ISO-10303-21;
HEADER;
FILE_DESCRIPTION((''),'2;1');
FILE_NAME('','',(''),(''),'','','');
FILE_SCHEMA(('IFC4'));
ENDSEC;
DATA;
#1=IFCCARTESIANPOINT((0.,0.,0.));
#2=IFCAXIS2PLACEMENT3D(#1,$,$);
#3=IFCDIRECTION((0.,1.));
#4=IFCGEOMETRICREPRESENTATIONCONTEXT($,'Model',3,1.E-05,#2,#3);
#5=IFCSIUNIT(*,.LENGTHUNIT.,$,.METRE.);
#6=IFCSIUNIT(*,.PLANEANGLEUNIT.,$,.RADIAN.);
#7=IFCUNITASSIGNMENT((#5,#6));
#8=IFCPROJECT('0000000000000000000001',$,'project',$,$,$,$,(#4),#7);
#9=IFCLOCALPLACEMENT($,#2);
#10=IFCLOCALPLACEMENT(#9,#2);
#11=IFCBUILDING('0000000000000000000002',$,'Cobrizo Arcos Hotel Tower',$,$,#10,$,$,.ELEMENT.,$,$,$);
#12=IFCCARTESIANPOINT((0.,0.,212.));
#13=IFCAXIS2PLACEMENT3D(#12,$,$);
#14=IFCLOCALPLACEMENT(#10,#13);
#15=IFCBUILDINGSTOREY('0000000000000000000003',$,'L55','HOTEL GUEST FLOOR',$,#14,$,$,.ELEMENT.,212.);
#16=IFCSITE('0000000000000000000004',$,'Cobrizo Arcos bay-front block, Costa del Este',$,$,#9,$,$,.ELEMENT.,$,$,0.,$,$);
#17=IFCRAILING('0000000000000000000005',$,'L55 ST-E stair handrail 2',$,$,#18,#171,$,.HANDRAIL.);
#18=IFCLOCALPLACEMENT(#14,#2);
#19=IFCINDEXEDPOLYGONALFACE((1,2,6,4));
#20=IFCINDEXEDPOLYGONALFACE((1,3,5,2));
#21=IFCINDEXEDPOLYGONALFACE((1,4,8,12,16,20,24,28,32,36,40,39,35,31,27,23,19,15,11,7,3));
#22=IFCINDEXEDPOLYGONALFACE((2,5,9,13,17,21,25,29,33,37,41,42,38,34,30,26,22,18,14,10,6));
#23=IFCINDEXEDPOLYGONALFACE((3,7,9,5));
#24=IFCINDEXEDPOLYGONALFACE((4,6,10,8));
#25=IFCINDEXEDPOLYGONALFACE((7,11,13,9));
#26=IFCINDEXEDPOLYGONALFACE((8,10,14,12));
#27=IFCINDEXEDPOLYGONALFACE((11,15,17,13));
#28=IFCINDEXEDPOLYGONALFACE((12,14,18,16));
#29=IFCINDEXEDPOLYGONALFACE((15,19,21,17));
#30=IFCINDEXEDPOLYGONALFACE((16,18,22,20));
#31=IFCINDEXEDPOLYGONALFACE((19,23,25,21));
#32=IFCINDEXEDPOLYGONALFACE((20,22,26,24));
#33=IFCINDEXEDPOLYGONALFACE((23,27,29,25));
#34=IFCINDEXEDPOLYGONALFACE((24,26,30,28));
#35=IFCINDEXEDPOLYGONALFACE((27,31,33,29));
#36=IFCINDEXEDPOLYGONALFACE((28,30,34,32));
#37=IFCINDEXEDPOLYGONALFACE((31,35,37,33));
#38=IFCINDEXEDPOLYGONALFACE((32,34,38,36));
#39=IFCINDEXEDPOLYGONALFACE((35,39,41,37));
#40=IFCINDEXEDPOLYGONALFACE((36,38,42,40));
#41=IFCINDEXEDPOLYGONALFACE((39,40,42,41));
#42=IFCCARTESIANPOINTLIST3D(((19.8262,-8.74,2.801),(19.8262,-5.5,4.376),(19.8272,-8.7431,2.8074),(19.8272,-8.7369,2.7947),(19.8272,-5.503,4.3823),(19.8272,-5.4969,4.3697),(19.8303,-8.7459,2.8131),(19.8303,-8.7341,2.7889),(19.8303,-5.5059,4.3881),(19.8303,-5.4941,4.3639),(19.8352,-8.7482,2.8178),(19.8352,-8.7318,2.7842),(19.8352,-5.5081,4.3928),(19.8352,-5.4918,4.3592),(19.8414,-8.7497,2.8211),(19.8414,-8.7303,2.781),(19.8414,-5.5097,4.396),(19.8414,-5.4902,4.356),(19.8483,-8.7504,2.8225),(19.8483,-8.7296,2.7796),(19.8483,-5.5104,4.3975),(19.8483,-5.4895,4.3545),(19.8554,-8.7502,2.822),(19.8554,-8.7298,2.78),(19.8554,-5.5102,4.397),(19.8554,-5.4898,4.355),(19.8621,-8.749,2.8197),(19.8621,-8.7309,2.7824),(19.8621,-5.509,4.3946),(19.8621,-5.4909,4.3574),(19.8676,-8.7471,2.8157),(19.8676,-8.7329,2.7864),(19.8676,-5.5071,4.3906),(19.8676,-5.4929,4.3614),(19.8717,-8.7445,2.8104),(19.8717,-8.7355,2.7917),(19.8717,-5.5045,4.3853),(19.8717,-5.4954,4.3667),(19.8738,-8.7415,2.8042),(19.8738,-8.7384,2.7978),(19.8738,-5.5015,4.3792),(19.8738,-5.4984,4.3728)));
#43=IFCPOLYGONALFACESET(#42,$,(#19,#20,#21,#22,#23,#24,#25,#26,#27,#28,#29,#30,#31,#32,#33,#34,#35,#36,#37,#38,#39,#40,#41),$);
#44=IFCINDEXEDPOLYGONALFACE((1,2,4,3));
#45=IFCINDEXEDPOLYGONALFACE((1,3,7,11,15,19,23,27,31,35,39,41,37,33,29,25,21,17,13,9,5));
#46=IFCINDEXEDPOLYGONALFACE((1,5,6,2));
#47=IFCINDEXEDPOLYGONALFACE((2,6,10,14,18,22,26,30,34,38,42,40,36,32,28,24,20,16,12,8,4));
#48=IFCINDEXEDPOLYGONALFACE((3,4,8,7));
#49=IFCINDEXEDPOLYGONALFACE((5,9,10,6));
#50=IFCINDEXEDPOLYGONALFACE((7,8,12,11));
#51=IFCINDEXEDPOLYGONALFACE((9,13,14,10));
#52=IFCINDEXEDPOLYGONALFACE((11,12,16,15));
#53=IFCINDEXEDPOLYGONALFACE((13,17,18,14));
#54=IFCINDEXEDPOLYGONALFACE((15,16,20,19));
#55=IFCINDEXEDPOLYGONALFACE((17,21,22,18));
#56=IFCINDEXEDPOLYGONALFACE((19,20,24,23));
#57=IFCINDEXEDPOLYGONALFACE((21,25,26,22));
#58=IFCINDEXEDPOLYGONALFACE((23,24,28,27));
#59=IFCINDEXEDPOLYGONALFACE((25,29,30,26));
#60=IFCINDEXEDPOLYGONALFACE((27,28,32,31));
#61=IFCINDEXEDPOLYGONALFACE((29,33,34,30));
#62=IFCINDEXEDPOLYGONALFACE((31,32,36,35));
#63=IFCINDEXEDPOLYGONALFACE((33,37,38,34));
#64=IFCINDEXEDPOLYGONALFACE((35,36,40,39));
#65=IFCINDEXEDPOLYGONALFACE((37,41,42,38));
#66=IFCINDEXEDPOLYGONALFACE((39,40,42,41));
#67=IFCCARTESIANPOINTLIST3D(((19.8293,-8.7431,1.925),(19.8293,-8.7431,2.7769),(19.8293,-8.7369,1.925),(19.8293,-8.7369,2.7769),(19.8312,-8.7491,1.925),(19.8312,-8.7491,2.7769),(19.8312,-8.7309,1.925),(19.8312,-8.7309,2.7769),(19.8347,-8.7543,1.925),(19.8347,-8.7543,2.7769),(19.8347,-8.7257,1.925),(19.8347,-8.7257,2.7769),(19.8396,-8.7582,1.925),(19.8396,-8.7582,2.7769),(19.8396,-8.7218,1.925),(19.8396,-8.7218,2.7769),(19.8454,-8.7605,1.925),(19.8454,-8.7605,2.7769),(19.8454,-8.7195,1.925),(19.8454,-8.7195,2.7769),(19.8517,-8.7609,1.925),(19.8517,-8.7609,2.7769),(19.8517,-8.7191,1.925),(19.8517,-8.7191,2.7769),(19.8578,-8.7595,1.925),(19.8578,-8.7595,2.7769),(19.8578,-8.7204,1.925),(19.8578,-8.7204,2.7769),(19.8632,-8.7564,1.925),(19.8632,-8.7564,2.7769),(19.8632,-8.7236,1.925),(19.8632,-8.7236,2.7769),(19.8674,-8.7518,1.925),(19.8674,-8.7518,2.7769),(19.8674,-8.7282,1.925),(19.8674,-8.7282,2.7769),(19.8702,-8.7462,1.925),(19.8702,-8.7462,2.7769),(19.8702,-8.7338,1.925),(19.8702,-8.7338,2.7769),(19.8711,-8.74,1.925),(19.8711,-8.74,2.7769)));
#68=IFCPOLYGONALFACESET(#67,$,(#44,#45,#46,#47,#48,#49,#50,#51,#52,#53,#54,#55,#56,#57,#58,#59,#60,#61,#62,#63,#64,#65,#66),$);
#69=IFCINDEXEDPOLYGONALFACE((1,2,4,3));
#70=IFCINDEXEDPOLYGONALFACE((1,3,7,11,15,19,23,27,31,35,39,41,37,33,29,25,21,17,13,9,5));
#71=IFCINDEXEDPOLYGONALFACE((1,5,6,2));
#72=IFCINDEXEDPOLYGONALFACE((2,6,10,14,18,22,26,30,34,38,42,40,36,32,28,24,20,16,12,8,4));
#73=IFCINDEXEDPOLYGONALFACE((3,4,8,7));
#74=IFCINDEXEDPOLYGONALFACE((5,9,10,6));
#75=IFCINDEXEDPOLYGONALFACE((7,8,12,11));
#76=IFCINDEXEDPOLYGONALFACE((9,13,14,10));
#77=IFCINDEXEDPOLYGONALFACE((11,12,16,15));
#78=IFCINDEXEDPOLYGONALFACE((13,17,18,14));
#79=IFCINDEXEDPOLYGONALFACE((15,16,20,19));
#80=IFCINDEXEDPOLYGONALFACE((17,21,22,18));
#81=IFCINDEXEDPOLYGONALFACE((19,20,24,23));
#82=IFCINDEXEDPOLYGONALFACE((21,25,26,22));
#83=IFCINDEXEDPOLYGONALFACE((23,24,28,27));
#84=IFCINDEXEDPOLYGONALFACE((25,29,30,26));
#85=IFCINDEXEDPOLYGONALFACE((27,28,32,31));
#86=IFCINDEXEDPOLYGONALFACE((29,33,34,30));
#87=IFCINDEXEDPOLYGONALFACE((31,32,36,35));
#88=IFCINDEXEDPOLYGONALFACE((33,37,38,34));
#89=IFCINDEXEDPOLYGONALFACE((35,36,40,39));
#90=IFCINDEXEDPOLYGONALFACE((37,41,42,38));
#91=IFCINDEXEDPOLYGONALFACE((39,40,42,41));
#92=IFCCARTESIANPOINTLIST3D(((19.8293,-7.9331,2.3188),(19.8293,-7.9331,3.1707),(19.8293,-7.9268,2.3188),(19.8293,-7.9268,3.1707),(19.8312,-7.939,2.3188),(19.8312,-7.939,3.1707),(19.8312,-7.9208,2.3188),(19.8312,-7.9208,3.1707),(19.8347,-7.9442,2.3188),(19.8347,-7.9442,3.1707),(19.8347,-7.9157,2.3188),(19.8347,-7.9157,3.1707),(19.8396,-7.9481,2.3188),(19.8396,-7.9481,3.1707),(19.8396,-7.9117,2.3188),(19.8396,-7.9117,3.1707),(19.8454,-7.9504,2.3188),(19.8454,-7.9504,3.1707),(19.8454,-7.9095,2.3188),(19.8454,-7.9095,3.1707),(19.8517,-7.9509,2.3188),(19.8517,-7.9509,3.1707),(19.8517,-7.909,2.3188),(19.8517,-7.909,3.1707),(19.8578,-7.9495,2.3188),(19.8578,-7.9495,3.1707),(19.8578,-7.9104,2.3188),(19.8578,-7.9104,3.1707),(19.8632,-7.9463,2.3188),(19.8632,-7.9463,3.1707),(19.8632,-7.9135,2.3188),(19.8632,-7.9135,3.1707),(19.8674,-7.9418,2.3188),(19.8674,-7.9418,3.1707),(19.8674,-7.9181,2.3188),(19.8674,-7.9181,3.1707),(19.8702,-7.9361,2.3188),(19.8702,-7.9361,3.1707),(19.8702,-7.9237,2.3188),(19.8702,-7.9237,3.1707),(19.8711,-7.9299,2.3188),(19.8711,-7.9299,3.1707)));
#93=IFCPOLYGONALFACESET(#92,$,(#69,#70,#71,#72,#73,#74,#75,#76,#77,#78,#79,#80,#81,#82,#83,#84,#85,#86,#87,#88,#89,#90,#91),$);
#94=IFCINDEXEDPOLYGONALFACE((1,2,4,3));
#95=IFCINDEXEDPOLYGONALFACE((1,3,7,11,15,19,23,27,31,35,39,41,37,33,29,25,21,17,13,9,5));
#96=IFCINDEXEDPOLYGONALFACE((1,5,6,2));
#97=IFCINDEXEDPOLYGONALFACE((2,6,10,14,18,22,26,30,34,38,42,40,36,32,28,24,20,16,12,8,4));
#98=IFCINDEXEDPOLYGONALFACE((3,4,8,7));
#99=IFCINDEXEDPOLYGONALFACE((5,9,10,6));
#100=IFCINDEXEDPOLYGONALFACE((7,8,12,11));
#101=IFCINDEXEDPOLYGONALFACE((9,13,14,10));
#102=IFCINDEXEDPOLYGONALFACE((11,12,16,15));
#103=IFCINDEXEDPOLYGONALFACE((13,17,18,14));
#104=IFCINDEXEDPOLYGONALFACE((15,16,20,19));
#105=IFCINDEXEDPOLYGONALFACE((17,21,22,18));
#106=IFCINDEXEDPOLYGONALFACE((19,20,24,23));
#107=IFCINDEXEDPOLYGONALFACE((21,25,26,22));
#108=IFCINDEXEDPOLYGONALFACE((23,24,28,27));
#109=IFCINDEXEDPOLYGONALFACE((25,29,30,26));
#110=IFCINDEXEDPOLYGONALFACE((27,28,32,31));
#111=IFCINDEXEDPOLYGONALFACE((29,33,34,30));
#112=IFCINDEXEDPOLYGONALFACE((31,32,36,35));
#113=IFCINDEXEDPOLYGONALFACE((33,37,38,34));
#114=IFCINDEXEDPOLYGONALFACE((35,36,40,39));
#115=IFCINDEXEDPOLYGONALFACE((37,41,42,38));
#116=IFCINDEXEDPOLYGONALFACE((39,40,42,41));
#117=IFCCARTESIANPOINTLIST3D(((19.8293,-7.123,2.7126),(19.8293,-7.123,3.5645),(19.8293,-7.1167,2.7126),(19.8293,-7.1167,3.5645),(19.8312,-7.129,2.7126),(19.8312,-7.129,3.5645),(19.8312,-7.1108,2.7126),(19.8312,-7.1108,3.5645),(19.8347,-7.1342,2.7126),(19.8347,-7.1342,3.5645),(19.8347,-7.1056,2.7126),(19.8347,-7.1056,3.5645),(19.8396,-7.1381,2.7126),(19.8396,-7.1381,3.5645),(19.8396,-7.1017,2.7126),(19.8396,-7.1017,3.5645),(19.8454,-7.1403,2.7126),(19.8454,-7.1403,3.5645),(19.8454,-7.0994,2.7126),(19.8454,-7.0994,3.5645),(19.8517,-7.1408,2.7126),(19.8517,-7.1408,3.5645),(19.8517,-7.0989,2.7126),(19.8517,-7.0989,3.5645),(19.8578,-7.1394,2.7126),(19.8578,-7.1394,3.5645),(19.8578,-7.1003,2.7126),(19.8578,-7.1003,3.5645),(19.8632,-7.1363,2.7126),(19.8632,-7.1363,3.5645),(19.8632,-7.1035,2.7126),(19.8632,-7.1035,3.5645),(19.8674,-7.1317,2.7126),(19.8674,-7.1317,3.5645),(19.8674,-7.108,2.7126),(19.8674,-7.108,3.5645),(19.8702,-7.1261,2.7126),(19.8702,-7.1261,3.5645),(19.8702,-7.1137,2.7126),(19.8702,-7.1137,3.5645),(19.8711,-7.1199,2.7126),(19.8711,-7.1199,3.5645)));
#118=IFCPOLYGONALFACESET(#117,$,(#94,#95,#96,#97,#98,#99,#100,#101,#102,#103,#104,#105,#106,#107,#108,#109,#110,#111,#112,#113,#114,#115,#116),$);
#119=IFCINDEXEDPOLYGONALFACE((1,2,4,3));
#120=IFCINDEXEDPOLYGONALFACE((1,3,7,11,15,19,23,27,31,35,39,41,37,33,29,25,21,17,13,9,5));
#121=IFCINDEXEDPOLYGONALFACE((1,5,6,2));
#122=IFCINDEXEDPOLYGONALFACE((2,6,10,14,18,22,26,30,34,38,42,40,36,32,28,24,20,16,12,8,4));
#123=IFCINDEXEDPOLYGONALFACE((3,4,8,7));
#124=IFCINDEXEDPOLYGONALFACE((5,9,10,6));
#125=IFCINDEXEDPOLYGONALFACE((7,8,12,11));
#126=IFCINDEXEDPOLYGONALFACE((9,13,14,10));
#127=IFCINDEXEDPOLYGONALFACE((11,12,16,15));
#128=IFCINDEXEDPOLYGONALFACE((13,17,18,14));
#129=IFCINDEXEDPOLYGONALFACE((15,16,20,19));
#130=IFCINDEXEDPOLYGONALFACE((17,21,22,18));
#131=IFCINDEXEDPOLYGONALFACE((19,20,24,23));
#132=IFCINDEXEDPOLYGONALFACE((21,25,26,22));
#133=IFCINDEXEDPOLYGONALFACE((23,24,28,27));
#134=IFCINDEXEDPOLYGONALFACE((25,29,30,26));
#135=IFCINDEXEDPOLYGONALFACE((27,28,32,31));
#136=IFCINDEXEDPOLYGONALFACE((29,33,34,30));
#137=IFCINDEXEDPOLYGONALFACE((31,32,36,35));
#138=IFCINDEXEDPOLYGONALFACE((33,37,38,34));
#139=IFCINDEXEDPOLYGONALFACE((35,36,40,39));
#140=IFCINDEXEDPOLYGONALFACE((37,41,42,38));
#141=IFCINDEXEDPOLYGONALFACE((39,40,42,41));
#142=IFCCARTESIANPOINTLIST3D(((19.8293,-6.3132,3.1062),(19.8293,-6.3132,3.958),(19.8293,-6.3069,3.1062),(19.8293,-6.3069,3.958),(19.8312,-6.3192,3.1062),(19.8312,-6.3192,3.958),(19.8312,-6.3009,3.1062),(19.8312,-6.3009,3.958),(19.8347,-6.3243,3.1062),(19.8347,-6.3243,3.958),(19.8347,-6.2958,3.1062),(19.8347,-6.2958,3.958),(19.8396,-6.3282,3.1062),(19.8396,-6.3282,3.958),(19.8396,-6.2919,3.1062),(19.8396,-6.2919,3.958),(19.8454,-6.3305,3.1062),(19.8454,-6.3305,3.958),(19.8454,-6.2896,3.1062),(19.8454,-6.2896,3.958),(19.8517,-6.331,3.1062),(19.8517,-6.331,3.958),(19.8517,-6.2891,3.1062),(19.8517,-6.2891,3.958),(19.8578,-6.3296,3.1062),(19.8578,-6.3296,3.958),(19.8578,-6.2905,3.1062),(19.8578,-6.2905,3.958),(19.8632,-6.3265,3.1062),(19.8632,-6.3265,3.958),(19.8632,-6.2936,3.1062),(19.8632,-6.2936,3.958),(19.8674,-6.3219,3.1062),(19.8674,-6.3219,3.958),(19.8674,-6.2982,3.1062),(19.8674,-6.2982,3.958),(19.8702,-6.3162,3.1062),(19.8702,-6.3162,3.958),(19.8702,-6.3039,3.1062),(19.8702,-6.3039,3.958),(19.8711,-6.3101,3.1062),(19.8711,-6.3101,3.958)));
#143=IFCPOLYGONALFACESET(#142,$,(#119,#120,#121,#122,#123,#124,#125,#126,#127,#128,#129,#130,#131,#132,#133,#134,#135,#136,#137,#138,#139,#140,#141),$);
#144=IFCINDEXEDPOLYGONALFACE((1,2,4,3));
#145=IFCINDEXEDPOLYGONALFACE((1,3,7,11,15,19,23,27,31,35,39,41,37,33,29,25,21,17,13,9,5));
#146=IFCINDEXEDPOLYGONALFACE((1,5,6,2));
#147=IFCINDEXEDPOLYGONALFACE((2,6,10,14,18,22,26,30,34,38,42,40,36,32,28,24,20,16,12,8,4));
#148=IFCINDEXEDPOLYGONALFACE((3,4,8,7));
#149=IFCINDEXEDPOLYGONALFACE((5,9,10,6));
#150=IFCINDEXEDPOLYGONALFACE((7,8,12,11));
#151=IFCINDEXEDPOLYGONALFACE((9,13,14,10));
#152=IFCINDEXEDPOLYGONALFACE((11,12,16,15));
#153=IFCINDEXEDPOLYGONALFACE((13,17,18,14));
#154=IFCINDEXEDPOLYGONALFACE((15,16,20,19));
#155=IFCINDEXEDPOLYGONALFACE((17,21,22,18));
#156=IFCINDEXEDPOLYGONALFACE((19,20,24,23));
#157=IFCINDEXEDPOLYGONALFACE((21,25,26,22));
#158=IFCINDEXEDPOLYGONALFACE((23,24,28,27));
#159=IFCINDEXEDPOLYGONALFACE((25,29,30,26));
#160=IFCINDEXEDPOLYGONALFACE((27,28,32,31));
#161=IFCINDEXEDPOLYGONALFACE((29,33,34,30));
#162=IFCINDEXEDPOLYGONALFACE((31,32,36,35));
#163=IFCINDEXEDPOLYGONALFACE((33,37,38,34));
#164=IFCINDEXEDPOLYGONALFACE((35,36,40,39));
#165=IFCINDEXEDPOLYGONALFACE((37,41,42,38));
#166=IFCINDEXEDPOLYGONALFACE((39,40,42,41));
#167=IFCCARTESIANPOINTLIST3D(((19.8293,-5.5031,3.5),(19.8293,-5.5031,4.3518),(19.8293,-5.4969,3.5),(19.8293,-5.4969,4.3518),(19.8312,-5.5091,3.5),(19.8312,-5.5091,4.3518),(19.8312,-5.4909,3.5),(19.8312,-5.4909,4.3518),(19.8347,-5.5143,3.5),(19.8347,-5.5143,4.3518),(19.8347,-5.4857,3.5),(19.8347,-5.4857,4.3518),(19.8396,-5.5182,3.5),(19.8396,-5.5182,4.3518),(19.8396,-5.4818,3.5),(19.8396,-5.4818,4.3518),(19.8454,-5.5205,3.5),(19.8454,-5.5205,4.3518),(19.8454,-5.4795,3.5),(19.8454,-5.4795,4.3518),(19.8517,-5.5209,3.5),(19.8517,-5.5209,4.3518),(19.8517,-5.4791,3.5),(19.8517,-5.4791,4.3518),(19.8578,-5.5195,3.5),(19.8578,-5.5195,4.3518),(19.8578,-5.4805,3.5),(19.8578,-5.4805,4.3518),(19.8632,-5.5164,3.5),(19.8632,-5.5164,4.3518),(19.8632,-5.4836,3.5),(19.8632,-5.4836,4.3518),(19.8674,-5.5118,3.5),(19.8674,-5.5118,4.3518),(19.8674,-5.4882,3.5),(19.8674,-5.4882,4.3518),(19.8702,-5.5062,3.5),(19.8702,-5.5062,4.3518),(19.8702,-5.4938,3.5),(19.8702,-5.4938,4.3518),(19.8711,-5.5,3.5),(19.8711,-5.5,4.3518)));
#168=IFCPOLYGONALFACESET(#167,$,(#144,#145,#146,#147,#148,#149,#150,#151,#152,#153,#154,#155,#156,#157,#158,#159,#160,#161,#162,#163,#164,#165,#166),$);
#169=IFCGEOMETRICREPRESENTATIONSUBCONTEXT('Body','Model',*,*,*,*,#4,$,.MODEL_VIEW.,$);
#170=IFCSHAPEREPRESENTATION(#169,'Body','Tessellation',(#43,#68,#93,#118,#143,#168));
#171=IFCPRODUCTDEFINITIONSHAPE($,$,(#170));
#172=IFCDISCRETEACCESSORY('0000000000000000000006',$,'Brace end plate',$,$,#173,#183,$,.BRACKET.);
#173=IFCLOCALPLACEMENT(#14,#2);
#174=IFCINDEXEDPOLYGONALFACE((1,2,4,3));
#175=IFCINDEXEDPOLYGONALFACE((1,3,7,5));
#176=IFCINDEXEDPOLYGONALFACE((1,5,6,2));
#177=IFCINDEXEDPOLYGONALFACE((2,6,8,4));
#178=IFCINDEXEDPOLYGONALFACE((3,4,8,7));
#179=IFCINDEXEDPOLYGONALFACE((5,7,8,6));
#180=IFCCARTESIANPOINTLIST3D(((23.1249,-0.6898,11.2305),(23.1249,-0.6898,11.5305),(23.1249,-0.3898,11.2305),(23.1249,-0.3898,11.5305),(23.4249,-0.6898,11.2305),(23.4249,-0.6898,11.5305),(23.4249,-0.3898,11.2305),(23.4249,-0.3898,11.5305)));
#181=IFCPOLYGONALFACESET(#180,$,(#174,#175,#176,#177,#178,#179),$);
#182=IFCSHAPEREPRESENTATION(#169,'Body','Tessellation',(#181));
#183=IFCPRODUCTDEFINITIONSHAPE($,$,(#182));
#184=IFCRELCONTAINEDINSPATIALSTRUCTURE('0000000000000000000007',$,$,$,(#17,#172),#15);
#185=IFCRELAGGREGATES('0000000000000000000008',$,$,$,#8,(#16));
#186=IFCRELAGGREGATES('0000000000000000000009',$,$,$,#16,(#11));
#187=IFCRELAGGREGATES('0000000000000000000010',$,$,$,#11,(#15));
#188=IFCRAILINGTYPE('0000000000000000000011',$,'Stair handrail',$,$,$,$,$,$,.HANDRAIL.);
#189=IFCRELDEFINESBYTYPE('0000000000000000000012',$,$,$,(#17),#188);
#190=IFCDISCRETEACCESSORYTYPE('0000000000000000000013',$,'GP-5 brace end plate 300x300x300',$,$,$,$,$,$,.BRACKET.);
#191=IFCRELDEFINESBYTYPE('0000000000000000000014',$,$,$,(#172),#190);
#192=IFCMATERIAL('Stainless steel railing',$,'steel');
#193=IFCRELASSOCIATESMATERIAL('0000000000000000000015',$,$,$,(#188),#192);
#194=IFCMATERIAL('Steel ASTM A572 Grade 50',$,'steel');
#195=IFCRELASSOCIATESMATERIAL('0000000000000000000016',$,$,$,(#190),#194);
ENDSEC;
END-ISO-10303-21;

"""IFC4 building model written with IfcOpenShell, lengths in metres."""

from ifc_helpers import new_model, si_unit, direction, frame, origin, origin_2d, place, context, subcontext, project, spatial, rectangle, circle, extrude, material, type_object, element, save


model = new_model("IFC4")

# Units and contexts
model_context = context("Model", 3, precision=1e-05, world=origin(), true_north=direction((0.0, 1.0)))
body_context = subcontext(model_context, "Body", "Model", "MODEL_VIEW")
ifc_project = project(units=[si_unit("LENGTHUNIT", "METRE"), si_unit("PLANEANGLEUNIT", "RADIAN")], contexts=[model_context])

# Site, building, storey
site_placement = place(None, origin())
site = spatial("IfcSite", under=ifc_project, at=site_placement, Name="Cobrizo Arcos bay-front block, Costa del Este", CompositionType="ELEMENT", RefElevation=0.0)
building_placement = place(site_placement, origin())
building = spatial("IfcBuilding", under=site, at=building_placement, Name="Cobrizo Arcos Hotel Tower", CompositionType="ELEMENT")
storey_placement = place(building_placement, frame((0.0, 0.0, 212.0)))
storey = spatial("IfcBuildingStorey", under=building, at=storey_placement, Name="L55", Description="HOTEL GUEST FLOOR", CompositionType="ELEMENT", Elevation=212.0)

# Shared definitions
ifc_material_1 = material(Name="Steel ASTM A572 Grade 50", Category="steel")

# Railing
ifc_material_2 = material(Name="Stainless steel railing", Category="steel")
railing_type_1 = type_object("IfcRailingType", Name="Stair handrail", PredefinedType="HANDRAIL", material=ifc_material_2)
railing_1_placement = place(storey_placement, frame((19.8501, -8.74, 1.925)))
element("IfcRailing", 1, at=railing_1_placement, inside=storey, type_object=railing_type_1, Name="L55 ST-E stair handrail 2", PredefinedType="HANDRAIL", context=body_context, shape_type="SweptSolid", body=[
    extrude(circle(Radius=0.0239, at=origin_2d()), frame((0.0, 0.0, 0.876), z_axis=(0.0, 0.899373, 0.437183), x_axis=(-1.0, 0.0, 0.0)), (0.0, 0.0, 1.0), 3.6025),
    extrude(circle(Radius=0.021, at=origin_2d()), origin(), (0.0, 0.0, 1.0), 0.8518),
    extrude(circle(Radius=0.021, at=origin_2d()), frame((0.0, 0.8101, 0.3938)), (0.0, 0.0, 1.0), 0.8518),
    extrude(circle(Radius=0.021, at=origin_2d()), frame((0.0, 1.6201, 0.7876)), (0.0, 0.0, 1.0), 0.8518),
    extrude(circle(Radius=0.021, at=origin_2d()), frame((0.0, 2.4299, 1.1812)), (0.0, 0.0, 1.0), 0.8518),
    extrude(circle(Radius=0.021, at=origin_2d()), frame((0.0, 3.24, 1.575)), (0.0, 0.0, 1.0), 0.8518),
])

# Discrete accessory
discrete_accessory_type = type_object("IfcDiscreteAccessoryType", Name="GP-5 brace end plate 300x300x300", PredefinedType="BRACKET", material=ifc_material_1)
discrete_accessory_placement = place(storey_placement, frame((23.2749, -0.5398, 11.2305), z_axis=(0.0, 0.0, 1.0), x_axis=(1.0, 0.0, 0.0)))
element("IfcDiscreteAccessory", 2, at=discrete_accessory_placement, inside=storey, type_object=discrete_accessory_type, Name="Brace end plate", PredefinedType="BRACKET", context=body_context, shape_type="SweptSolid", body=[
    extrude(rectangle(XDim=0.3, YDim=0.3, at=origin_2d()), origin(), (0.0, 0.0, 1.0), 0.3),
])

save(model, "model.ifc")
